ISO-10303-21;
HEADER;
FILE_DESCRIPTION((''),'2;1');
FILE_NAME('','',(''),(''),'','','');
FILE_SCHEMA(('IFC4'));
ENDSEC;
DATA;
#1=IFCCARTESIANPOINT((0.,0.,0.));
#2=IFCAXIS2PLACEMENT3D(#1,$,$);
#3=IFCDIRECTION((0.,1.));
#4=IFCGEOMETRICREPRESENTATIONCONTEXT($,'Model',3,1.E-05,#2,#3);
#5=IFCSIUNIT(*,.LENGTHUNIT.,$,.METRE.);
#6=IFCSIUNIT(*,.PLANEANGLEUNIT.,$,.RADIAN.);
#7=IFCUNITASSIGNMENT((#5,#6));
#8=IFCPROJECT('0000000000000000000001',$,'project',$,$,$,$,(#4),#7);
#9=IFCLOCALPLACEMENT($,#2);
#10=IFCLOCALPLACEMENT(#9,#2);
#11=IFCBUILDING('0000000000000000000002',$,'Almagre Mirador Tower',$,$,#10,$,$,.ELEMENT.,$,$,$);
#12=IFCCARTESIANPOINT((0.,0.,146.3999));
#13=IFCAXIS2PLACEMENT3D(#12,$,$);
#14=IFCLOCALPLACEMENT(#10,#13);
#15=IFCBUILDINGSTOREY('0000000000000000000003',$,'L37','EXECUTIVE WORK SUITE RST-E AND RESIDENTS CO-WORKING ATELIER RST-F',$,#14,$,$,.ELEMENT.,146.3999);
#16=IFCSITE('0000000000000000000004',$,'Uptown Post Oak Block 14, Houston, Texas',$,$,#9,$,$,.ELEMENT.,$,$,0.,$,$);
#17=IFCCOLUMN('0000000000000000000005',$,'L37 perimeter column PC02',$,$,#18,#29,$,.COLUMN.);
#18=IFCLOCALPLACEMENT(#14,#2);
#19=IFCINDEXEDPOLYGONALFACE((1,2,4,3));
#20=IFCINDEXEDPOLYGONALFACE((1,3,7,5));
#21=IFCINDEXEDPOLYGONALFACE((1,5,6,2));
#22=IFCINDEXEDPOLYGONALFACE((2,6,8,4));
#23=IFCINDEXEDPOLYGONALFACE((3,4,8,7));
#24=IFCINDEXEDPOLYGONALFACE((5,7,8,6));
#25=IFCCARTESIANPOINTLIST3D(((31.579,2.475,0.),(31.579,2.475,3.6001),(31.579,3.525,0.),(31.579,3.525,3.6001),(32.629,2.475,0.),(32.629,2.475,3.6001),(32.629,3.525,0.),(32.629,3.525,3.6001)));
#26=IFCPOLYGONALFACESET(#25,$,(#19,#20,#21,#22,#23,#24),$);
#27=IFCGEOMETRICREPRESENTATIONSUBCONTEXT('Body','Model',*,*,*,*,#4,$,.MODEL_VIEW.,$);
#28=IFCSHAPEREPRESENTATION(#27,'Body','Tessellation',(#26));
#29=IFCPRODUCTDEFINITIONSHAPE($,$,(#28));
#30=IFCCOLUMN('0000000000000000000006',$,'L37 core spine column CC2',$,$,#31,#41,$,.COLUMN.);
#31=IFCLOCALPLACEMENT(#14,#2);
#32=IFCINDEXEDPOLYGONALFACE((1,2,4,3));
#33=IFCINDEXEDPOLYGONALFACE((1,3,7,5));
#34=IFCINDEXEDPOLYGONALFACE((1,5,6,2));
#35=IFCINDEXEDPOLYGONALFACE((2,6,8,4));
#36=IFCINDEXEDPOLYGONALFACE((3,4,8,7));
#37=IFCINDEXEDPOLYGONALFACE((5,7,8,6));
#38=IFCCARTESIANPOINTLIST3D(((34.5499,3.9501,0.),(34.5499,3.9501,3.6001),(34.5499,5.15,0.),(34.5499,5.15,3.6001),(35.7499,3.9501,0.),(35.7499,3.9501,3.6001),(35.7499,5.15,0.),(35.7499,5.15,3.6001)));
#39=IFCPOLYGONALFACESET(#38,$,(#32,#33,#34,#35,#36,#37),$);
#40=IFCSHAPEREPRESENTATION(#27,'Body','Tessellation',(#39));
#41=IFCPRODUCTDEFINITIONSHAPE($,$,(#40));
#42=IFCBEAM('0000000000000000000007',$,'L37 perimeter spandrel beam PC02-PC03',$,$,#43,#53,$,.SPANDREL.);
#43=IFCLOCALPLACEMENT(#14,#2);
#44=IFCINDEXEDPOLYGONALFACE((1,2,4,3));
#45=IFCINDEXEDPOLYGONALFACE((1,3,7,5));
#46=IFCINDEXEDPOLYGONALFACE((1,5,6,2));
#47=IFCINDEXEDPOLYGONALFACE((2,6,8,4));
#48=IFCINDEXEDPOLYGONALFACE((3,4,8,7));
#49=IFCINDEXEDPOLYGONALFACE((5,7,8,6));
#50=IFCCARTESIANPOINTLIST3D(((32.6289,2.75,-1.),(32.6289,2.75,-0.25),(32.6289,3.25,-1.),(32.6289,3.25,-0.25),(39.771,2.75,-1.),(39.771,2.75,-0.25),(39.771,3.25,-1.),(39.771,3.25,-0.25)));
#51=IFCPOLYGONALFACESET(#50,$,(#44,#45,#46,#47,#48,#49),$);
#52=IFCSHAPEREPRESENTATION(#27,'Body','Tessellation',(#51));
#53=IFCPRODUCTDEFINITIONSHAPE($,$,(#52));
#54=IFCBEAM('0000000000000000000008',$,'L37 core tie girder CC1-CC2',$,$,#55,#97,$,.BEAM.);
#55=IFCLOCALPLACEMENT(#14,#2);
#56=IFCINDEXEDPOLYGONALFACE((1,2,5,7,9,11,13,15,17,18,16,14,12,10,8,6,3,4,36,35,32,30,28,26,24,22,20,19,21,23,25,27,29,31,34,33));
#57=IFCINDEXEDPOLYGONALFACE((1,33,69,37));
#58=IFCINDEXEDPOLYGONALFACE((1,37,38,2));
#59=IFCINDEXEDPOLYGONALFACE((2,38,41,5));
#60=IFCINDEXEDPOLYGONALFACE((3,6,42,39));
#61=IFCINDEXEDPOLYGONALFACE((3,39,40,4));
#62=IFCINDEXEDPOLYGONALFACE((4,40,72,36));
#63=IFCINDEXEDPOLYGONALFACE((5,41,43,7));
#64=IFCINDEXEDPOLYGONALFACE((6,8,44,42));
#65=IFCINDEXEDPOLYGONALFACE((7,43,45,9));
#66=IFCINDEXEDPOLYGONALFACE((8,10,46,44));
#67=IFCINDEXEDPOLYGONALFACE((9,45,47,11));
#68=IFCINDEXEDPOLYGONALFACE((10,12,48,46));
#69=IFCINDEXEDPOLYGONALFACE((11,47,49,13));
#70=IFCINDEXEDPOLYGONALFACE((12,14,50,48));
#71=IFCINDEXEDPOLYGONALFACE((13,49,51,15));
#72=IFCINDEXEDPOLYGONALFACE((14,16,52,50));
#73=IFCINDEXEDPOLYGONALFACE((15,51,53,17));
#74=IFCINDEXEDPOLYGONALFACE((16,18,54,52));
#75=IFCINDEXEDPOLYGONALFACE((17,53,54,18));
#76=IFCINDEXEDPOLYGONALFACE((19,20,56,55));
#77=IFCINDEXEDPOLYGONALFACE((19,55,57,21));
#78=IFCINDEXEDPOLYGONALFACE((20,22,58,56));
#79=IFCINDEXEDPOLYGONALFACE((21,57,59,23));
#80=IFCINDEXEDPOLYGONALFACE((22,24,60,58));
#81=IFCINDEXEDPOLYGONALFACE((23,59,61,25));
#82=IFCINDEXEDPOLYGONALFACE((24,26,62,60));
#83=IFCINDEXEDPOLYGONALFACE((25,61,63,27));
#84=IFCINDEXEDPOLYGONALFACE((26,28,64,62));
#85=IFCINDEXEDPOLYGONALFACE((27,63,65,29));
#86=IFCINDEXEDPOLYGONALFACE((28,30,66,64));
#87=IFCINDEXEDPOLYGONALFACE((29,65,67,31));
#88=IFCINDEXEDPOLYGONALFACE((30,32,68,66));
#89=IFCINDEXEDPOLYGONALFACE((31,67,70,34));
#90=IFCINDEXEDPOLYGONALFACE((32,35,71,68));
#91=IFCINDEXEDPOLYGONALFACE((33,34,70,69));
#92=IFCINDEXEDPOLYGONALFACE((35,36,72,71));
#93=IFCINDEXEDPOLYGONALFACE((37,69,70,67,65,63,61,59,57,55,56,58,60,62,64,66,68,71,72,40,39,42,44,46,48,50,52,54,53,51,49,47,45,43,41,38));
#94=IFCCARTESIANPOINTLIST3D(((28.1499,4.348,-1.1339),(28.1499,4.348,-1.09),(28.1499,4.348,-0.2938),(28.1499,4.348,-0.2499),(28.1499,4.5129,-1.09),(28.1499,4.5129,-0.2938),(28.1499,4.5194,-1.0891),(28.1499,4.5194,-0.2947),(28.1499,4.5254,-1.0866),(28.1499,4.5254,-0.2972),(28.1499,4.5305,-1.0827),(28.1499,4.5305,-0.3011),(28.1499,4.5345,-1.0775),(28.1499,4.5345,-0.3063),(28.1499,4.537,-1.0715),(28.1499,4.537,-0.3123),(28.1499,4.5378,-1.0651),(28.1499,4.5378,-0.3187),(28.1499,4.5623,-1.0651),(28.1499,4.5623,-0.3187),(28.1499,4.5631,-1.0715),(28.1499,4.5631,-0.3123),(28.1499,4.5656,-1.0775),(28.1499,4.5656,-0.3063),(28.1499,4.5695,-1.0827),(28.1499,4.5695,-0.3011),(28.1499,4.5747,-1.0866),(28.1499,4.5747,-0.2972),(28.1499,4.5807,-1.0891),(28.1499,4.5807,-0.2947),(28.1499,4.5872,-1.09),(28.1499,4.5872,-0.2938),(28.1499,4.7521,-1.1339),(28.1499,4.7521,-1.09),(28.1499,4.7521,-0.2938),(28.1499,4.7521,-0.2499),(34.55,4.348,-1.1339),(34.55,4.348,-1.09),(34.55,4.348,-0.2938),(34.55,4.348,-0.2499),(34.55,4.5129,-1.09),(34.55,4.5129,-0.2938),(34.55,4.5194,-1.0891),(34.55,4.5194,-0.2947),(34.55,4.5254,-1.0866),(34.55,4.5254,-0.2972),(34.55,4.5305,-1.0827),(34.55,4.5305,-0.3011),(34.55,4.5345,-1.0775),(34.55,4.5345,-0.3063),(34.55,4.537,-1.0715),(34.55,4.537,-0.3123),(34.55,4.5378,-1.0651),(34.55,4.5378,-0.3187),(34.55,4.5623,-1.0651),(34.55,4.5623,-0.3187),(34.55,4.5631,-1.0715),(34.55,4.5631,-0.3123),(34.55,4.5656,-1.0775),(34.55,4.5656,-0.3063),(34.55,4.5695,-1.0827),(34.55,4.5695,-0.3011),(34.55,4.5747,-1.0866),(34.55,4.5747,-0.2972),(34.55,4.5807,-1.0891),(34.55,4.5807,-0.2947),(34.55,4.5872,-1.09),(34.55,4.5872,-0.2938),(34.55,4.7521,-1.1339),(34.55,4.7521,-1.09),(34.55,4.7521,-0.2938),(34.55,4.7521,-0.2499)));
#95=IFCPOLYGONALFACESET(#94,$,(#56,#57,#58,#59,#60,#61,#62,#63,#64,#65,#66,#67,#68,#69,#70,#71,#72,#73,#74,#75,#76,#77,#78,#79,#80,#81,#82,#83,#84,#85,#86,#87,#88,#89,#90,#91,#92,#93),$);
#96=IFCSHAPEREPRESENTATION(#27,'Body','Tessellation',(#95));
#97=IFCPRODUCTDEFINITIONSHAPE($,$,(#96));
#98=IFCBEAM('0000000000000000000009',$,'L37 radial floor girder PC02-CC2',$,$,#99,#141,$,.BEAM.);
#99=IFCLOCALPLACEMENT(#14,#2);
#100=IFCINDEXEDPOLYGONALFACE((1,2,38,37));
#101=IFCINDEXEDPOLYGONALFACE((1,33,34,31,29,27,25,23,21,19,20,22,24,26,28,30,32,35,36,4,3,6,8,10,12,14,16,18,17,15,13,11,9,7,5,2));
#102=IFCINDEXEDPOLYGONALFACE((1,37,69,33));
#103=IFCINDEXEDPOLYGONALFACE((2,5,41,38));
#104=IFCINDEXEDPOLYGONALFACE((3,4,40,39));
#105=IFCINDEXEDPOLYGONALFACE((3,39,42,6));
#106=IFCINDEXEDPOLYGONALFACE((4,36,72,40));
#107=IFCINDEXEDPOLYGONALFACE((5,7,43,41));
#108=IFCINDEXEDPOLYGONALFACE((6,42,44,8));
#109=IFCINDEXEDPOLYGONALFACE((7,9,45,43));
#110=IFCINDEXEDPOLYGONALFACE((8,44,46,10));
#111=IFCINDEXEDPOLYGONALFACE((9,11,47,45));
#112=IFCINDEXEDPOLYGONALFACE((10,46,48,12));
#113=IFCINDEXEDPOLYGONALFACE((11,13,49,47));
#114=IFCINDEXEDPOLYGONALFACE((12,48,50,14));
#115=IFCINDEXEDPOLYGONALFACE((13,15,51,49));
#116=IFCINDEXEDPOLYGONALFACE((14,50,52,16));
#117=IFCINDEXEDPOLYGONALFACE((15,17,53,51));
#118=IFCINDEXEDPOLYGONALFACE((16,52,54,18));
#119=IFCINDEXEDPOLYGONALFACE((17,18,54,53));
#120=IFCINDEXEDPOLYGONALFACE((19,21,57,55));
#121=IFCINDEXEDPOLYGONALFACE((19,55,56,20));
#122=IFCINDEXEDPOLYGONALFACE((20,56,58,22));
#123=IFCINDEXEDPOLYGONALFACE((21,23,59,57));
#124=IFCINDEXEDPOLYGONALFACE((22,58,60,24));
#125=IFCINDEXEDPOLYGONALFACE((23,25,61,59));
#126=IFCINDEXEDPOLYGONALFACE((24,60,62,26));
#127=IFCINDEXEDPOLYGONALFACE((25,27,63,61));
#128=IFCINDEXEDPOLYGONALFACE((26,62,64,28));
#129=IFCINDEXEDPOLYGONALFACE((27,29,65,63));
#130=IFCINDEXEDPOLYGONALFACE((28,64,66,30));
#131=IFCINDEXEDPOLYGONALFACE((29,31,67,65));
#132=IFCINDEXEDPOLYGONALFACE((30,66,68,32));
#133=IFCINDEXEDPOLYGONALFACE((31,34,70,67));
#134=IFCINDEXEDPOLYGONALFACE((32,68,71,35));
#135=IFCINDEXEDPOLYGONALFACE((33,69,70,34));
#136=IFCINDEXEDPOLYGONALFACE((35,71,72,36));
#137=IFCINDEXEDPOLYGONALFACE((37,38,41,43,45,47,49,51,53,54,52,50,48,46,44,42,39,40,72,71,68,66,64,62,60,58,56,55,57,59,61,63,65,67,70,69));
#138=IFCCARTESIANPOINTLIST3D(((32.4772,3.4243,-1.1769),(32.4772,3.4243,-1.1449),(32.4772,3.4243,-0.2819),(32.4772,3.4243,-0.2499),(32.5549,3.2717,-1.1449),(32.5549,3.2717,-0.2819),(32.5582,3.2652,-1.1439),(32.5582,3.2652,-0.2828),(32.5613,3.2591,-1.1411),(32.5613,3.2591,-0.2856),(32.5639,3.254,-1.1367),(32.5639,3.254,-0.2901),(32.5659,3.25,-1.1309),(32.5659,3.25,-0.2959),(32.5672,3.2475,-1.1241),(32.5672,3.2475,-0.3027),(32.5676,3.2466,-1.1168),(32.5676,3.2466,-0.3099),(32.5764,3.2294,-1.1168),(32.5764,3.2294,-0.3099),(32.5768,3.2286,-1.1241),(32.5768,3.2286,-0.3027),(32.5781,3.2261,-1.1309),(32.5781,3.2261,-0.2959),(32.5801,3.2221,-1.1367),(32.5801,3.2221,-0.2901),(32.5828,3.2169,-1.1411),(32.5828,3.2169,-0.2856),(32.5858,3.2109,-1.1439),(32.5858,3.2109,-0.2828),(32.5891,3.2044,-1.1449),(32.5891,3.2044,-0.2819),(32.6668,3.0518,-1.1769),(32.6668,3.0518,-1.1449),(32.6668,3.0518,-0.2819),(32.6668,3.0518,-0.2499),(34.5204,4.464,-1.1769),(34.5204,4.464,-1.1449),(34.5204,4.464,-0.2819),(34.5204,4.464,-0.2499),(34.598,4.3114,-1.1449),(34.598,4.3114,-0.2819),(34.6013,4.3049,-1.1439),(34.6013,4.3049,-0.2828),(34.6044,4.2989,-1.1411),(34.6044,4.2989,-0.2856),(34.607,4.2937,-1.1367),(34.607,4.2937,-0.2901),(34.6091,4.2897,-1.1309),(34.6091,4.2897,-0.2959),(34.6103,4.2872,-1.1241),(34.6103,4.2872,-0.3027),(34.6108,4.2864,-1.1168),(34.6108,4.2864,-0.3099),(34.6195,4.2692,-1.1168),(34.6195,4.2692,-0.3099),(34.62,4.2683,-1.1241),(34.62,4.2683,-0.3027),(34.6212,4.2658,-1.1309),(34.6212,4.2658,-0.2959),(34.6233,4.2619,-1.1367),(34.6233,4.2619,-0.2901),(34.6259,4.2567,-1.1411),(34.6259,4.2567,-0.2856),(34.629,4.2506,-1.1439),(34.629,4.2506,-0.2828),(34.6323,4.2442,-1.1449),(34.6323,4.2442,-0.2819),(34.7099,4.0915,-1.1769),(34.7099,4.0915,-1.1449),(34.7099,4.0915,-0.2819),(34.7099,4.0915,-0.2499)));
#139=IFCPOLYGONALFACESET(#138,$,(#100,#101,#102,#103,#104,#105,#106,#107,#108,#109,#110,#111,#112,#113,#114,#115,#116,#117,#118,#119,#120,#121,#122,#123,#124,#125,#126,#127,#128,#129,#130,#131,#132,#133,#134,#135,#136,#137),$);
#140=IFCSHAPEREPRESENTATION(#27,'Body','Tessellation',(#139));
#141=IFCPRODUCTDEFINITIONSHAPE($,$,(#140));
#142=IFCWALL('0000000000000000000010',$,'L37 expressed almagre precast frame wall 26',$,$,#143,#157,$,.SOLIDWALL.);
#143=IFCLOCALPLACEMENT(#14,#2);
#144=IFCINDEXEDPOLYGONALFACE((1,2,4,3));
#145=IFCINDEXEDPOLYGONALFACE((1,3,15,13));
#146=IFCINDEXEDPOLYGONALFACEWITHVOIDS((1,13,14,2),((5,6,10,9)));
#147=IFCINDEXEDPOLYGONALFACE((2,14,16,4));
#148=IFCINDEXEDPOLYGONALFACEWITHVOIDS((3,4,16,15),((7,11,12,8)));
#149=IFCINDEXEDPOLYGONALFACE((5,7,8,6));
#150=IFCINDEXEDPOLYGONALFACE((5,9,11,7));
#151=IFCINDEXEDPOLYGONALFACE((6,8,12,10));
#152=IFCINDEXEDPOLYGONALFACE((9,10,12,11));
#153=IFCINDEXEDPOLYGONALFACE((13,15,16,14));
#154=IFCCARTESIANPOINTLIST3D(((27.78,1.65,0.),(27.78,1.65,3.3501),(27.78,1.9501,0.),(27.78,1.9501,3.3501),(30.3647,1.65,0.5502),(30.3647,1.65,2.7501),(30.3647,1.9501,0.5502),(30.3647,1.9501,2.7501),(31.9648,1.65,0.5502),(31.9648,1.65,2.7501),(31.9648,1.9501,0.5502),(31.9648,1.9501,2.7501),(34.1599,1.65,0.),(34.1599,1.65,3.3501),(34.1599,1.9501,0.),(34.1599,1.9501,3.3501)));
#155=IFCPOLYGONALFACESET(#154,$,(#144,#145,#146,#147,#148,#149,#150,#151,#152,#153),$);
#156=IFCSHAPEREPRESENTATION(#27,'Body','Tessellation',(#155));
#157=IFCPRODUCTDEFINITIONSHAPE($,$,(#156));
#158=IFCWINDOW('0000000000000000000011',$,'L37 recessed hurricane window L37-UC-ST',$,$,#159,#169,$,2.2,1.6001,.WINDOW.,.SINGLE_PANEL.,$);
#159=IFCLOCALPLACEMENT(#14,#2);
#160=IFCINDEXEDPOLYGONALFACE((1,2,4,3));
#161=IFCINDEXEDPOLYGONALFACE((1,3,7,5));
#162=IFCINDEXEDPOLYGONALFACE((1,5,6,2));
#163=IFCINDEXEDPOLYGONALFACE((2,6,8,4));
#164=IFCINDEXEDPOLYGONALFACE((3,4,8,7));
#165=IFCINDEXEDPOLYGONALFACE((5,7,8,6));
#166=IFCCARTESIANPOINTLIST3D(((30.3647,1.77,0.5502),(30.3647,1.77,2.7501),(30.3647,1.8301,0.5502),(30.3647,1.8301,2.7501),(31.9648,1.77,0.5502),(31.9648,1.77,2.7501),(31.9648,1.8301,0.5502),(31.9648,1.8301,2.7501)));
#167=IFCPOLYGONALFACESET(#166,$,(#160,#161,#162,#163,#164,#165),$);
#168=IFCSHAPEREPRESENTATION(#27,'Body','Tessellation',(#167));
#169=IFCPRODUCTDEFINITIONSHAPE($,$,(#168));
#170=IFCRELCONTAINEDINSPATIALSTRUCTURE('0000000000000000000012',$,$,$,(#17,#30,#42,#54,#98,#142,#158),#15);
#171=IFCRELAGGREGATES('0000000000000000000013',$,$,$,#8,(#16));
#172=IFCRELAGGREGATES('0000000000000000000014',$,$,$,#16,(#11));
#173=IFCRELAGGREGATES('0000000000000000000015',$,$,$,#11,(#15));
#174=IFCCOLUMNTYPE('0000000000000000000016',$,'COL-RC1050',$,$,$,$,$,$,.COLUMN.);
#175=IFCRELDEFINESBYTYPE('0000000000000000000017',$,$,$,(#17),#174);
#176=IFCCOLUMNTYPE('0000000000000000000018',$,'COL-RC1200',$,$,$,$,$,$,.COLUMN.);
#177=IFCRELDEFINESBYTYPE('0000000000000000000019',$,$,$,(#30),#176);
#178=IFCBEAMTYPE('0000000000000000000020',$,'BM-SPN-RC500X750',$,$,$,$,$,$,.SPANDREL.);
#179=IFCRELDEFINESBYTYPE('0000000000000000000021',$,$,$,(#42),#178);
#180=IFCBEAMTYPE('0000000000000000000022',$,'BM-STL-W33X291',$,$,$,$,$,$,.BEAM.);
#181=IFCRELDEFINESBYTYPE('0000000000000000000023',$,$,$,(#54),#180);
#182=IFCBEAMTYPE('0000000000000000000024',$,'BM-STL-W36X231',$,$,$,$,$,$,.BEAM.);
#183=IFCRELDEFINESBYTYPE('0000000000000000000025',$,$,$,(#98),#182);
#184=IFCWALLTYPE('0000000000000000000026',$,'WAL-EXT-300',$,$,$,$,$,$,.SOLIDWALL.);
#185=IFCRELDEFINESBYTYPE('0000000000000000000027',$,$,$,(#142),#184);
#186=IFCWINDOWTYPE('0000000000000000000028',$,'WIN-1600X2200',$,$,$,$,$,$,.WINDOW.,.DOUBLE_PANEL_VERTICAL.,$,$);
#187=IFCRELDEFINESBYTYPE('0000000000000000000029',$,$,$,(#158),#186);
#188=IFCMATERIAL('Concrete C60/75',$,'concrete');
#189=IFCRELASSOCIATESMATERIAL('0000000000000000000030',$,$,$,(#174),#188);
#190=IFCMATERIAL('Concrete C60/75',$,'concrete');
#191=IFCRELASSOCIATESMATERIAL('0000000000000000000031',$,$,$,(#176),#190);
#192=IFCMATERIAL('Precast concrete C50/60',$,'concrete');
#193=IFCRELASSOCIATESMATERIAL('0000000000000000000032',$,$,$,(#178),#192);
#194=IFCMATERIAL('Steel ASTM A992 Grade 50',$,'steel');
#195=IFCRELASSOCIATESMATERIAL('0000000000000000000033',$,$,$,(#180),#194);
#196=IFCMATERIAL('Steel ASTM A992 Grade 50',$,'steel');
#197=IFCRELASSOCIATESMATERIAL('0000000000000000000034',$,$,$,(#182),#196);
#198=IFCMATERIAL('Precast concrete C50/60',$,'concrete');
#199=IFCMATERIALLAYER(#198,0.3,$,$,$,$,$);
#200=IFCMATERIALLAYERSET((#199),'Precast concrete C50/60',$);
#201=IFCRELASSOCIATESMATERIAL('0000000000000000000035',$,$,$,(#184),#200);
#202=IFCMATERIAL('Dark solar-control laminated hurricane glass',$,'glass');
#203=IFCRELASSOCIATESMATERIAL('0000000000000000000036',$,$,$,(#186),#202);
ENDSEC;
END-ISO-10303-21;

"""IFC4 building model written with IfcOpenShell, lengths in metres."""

from ifc_helpers import new_model, si_unit, direction, frame, frame_2d, origin, origin_2d, place, context, subcontext, project, spatial, rectangle, i_section, extrude, material, layer, layer_set, material_profile, profile_set, type_object, element, fill, save


model = new_model("IFC4")

# Units and contexts
model_context = context("Model", 3, precision=1e-05, world=origin(), true_north=direction((0.0, 1.0)))
body_context = subcontext(model_context, "Body", "Model", "MODEL_VIEW")
ifc_project = project(units=[si_unit("LENGTHUNIT", "METRE"), si_unit("PLANEANGLEUNIT", "RADIAN")], contexts=[model_context])

# Site, building, storey
site_placement = place(None, origin())
site = spatial("IfcSite", under=ifc_project, at=site_placement, Name="Uptown Post Oak Block 14, Houston, Texas", CompositionType="ELEMENT", RefElevation=0.0)
building_placement = place(site_placement, origin())
building = spatial("IfcBuilding", under=site, at=building_placement, Name="Almagre Mirador Tower", CompositionType="ELEMENT")
storey_placement = place(building_placement, frame((0.0, 0.0, 146.3999)))
storey = spatial("IfcBuildingStorey", under=building, at=storey_placement, Name="L37", Description="EXECUTIVE WORK SUITE RST-E AND RESIDENTS CO-WORKING ATELIER RST-F", CompositionType="ELEMENT", Elevation=146.3999)

# Columns
ifc_material_1 = material(Name="Concrete C60/75", Category="concrete")
ifc_material_profile_1 = material_profile(ifc_material_1, rectangle(XDim=1.05, YDim=1.05, at=origin_2d()), Name="RC1050X1050")
ifc_profile_set_1 = profile_set([ifc_material_profile_1], Name="Concrete C60/75")
column_type_1 = type_object("IfcColumnType", Name="COL-RC1050", PredefinedType="COLUMN", material=ifc_profile_set_1)
column_1_placement = place(storey_placement, frame((32.104, 3.0, 0.0), z_axis=(0.0, 0.0, 1.0), x_axis=(1.0, 0.0, 0.0)))
element("IfcColumn", 1, at=column_1_placement, inside=storey, type_object=column_type_1, Name="L37 perimeter column PC02", PredefinedType="COLUMN", context=body_context, shape_type="SweptSolid", body=[
    extrude(rectangle(XDim=1.05, YDim=1.05, at=origin_2d()), origin(), (0.0, 0.0, 1.0), 3.6001),
])
ifc_material_2 = material(Name="Concrete C60/75", Category="concrete")
ifc_material_profile_2 = material_profile(ifc_material_2, rectangle(XDim=1.2, YDim=1.2, at=origin_2d()), Name="RC1200X1200")
ifc_profile_set_2 = profile_set([ifc_material_profile_2], Name="Concrete C60/75")
column_type_2 = type_object("IfcColumnType", Name="COL-RC1200", PredefinedType="COLUMN", material=ifc_profile_set_2)
column_2_placement = place(storey_placement, frame((35.1499, 4.55, 0.0), z_axis=(0.0, 0.0, 1.0), x_axis=(1.0, 0.0, 0.0)))
element("IfcColumn", 2, at=column_2_placement, inside=storey, type_object=column_type_2, Name="L37 core spine column CC2", PredefinedType="COLUMN", context=body_context, shape_type="SweptSolid", body=[
    extrude(rectangle(XDim=1.2, YDim=1.2, at=origin_2d()), origin(), (0.0, 0.0, 1.0), 3.6001),
])

# Beams
ifc_material_3 = material(Name="Precast concrete C50/60", Category="concrete")
ifc_material_profile_3 = material_profile(ifc_material_3, rectangle(XDim=0.5, YDim=0.75, at=origin_2d()), Name="RC500X750")
ifc_profile_set_3 = profile_set([ifc_material_profile_3], Name="Precast concrete C50/60")
beam_type_1 = type_object("IfcBeamType", Name="BM-SPN-RC500X750", PredefinedType="SPANDREL", material=ifc_profile_set_3)
beam_1_placement = place(storey_placement, frame((32.6289, 3.0, -0.625), z_axis=(1.0, 0.0, 0.0), x_axis=(0.0, 1.0, 0.0)))
element("IfcBeam", 3, at=beam_1_placement, inside=storey, type_object=beam_type_1, Name="L37 perimeter spandrel beam PC02-PC03", PredefinedType="SPANDREL", context=body_context, shape_type="SweptSolid", body=[
    extrude(rectangle(XDim=0.5, YDim=0.75, at=origin_2d()), origin(), (0.0, 0.0, 1.0), 7.1421),
])
ifc_material_4 = material(Name="Steel ASTM A992 Grade 50", Category="steel")
ifc_material_profile_4 = material_profile(ifc_material_4, i_section(OverallWidth=0.4041, OverallDepth=0.884, WebThickness=0.0244, FlangeThickness=0.0439, FilletRadius=0.0249, at=origin_2d()), Name="W33X291")
ifc_profile_set_4 = profile_set([ifc_material_profile_4], Name="Steel ASTM A992 Grade 50")
beam_type_2 = type_object("IfcBeamType", Name="BM-STL-W33X291", PredefinedType="BEAM", material=ifc_profile_set_4)
beam_2_placement = place(storey_placement, frame((28.1499, 4.55, -0.6919), z_axis=(1.0, 0.0, 0.0), x_axis=(0.0, 1.0, 0.0)))
element("IfcBeam", 4, at=beam_2_placement, inside=storey, type_object=beam_type_2, Name="L37 core tie girder CC1-CC2", PredefinedType="BEAM", context=body_context, shape_type="SweptSolid", body=[
    extrude(i_section(OverallWidth=0.4041, OverallDepth=0.884, WebThickness=0.0244, FlangeThickness=0.0439, FilletRadius=0.0249, at=origin_2d()), origin(), (0.0, 0.0, 1.0), 6.4001),
])
ifc_material_5 = material(Name="Steel ASTM A992 Grade 50", Category="steel")
ifc_material_profile_5 = material_profile(ifc_material_5, i_section(OverallWidth=0.418, OverallDepth=0.927, WebThickness=0.0193, FlangeThickness=0.032, FilletRadius=0.0281, at=origin_2d()), Name="W36X231")
ifc_profile_set_5 = profile_set([ifc_material_profile_5], Name="Steel ASTM A992 Grade 50")
beam_type_3 = type_object("IfcBeamType", Name="BM-STL-W36X231", PredefinedType="BEAM", material=ifc_profile_set_5)
beam_3_placement = place(storey_placement, frame((32.572, 3.238, -0.7134), z_axis=(0.891231, 0.453549, 0.0), x_axis=(-0.453549, 0.891231, 0.0)))
element("IfcBeam", 5, at=beam_3_placement, inside=storey, type_object=beam_type_3, Name="L37 radial floor girder PC02-CC2", PredefinedType="BEAM", context=body_context, shape_type="SweptSolid", body=[
    extrude(i_section(OverallWidth=0.418, OverallDepth=0.927, WebThickness=0.0193, FlangeThickness=0.032, FilletRadius=0.0281, at=origin_2d()), origin(), (0.0, 0.0, 1.0), 2.2925),
])

# Wall, opening, window
ifc_material_6 = material(Name="Precast concrete C50/60", Category="concrete")
ifc_layer_1 = layer(ifc_material_6, 0.3)
ifc_layer_set_1 = layer_set([ifc_layer_1], Name="Precast concrete C50/60")
wall_type_1 = type_object("IfcWallType", Name="WAL-EXT-300", PredefinedType="SOLIDWALL", material=ifc_layer_set_1)
wall_1_placement = place(storey_placement, frame((34.1599, 1.8, 0.0), z_axis=(0.0, 0.0, 1.0), x_axis=(-1.0, 0.0, 0.0)))
wall_1 = element("IfcWall", 6, at=wall_1_placement, inside=storey, type_object=wall_type_1, Name="L37 expressed almagre precast frame wall 26", PredefinedType="SOLIDWALL", context=body_context, shape_type="SweptSolid", body=[
    extrude(rectangle(XDim=6.3799, YDim=0.3, at=frame_2d((3.1899, 0.0))), origin(), (0.0, 0.0, 1.0), 3.3501),
])
opening_1_placement = place(wall_1_placement, frame((2.1951, 0.0, 0.55)))
opening_1 = element("IfcOpeningElement", 7, at=opening_1_placement, cuts=wall_1, PredefinedType="OPENING", context=body_context, shape_type="SweptSolid", body=[
    extrude(rectangle(XDim=1.6001, YDim=2.2, at=frame_2d((0.8, 1.1001))), frame((0.0, 0.1599, 0.0), z_axis=(0.0, -1.0, 0.0), x_axis=(1.0, 0.0, 0.0)), (0.0, 0.0, 1.0), 0.32),
])
ifc_material_7 = material(Name="Dark solar-control laminated hurricane glass", Category="glass")
window_type = type_object("IfcWindowType", Name="WIN-1600X2200", PartitioningType="DOUBLE_PANEL_VERTICAL", PredefinedType="WINDOW", material=ifc_material_7)
window_placement = place(opening_1_placement, origin())
window = element("IfcWindow", 8, at=window_placement, inside=storey, type_object=window_type, Name="L37 recessed hurricane window L37-UC-ST", OverallHeight=2.2, OverallWidth=1.6001, PartitioningType="SINGLE_PANEL", PredefinedType="WINDOW", context=body_context, shape_type="SweptSolid", body=[
    extrude(rectangle(XDim=1.6001, YDim=2.2, at=frame_2d((0.8, 1.1001))), frame((0.0, 0.03, 0.0), z_axis=(0.0, -1.0, 0.0), x_axis=(1.0, 0.0, 0.0)), (0.0, 0.0, 1.0), 0.0601),
])
fill(opening_1, window)

save(model, "model.ifc")
